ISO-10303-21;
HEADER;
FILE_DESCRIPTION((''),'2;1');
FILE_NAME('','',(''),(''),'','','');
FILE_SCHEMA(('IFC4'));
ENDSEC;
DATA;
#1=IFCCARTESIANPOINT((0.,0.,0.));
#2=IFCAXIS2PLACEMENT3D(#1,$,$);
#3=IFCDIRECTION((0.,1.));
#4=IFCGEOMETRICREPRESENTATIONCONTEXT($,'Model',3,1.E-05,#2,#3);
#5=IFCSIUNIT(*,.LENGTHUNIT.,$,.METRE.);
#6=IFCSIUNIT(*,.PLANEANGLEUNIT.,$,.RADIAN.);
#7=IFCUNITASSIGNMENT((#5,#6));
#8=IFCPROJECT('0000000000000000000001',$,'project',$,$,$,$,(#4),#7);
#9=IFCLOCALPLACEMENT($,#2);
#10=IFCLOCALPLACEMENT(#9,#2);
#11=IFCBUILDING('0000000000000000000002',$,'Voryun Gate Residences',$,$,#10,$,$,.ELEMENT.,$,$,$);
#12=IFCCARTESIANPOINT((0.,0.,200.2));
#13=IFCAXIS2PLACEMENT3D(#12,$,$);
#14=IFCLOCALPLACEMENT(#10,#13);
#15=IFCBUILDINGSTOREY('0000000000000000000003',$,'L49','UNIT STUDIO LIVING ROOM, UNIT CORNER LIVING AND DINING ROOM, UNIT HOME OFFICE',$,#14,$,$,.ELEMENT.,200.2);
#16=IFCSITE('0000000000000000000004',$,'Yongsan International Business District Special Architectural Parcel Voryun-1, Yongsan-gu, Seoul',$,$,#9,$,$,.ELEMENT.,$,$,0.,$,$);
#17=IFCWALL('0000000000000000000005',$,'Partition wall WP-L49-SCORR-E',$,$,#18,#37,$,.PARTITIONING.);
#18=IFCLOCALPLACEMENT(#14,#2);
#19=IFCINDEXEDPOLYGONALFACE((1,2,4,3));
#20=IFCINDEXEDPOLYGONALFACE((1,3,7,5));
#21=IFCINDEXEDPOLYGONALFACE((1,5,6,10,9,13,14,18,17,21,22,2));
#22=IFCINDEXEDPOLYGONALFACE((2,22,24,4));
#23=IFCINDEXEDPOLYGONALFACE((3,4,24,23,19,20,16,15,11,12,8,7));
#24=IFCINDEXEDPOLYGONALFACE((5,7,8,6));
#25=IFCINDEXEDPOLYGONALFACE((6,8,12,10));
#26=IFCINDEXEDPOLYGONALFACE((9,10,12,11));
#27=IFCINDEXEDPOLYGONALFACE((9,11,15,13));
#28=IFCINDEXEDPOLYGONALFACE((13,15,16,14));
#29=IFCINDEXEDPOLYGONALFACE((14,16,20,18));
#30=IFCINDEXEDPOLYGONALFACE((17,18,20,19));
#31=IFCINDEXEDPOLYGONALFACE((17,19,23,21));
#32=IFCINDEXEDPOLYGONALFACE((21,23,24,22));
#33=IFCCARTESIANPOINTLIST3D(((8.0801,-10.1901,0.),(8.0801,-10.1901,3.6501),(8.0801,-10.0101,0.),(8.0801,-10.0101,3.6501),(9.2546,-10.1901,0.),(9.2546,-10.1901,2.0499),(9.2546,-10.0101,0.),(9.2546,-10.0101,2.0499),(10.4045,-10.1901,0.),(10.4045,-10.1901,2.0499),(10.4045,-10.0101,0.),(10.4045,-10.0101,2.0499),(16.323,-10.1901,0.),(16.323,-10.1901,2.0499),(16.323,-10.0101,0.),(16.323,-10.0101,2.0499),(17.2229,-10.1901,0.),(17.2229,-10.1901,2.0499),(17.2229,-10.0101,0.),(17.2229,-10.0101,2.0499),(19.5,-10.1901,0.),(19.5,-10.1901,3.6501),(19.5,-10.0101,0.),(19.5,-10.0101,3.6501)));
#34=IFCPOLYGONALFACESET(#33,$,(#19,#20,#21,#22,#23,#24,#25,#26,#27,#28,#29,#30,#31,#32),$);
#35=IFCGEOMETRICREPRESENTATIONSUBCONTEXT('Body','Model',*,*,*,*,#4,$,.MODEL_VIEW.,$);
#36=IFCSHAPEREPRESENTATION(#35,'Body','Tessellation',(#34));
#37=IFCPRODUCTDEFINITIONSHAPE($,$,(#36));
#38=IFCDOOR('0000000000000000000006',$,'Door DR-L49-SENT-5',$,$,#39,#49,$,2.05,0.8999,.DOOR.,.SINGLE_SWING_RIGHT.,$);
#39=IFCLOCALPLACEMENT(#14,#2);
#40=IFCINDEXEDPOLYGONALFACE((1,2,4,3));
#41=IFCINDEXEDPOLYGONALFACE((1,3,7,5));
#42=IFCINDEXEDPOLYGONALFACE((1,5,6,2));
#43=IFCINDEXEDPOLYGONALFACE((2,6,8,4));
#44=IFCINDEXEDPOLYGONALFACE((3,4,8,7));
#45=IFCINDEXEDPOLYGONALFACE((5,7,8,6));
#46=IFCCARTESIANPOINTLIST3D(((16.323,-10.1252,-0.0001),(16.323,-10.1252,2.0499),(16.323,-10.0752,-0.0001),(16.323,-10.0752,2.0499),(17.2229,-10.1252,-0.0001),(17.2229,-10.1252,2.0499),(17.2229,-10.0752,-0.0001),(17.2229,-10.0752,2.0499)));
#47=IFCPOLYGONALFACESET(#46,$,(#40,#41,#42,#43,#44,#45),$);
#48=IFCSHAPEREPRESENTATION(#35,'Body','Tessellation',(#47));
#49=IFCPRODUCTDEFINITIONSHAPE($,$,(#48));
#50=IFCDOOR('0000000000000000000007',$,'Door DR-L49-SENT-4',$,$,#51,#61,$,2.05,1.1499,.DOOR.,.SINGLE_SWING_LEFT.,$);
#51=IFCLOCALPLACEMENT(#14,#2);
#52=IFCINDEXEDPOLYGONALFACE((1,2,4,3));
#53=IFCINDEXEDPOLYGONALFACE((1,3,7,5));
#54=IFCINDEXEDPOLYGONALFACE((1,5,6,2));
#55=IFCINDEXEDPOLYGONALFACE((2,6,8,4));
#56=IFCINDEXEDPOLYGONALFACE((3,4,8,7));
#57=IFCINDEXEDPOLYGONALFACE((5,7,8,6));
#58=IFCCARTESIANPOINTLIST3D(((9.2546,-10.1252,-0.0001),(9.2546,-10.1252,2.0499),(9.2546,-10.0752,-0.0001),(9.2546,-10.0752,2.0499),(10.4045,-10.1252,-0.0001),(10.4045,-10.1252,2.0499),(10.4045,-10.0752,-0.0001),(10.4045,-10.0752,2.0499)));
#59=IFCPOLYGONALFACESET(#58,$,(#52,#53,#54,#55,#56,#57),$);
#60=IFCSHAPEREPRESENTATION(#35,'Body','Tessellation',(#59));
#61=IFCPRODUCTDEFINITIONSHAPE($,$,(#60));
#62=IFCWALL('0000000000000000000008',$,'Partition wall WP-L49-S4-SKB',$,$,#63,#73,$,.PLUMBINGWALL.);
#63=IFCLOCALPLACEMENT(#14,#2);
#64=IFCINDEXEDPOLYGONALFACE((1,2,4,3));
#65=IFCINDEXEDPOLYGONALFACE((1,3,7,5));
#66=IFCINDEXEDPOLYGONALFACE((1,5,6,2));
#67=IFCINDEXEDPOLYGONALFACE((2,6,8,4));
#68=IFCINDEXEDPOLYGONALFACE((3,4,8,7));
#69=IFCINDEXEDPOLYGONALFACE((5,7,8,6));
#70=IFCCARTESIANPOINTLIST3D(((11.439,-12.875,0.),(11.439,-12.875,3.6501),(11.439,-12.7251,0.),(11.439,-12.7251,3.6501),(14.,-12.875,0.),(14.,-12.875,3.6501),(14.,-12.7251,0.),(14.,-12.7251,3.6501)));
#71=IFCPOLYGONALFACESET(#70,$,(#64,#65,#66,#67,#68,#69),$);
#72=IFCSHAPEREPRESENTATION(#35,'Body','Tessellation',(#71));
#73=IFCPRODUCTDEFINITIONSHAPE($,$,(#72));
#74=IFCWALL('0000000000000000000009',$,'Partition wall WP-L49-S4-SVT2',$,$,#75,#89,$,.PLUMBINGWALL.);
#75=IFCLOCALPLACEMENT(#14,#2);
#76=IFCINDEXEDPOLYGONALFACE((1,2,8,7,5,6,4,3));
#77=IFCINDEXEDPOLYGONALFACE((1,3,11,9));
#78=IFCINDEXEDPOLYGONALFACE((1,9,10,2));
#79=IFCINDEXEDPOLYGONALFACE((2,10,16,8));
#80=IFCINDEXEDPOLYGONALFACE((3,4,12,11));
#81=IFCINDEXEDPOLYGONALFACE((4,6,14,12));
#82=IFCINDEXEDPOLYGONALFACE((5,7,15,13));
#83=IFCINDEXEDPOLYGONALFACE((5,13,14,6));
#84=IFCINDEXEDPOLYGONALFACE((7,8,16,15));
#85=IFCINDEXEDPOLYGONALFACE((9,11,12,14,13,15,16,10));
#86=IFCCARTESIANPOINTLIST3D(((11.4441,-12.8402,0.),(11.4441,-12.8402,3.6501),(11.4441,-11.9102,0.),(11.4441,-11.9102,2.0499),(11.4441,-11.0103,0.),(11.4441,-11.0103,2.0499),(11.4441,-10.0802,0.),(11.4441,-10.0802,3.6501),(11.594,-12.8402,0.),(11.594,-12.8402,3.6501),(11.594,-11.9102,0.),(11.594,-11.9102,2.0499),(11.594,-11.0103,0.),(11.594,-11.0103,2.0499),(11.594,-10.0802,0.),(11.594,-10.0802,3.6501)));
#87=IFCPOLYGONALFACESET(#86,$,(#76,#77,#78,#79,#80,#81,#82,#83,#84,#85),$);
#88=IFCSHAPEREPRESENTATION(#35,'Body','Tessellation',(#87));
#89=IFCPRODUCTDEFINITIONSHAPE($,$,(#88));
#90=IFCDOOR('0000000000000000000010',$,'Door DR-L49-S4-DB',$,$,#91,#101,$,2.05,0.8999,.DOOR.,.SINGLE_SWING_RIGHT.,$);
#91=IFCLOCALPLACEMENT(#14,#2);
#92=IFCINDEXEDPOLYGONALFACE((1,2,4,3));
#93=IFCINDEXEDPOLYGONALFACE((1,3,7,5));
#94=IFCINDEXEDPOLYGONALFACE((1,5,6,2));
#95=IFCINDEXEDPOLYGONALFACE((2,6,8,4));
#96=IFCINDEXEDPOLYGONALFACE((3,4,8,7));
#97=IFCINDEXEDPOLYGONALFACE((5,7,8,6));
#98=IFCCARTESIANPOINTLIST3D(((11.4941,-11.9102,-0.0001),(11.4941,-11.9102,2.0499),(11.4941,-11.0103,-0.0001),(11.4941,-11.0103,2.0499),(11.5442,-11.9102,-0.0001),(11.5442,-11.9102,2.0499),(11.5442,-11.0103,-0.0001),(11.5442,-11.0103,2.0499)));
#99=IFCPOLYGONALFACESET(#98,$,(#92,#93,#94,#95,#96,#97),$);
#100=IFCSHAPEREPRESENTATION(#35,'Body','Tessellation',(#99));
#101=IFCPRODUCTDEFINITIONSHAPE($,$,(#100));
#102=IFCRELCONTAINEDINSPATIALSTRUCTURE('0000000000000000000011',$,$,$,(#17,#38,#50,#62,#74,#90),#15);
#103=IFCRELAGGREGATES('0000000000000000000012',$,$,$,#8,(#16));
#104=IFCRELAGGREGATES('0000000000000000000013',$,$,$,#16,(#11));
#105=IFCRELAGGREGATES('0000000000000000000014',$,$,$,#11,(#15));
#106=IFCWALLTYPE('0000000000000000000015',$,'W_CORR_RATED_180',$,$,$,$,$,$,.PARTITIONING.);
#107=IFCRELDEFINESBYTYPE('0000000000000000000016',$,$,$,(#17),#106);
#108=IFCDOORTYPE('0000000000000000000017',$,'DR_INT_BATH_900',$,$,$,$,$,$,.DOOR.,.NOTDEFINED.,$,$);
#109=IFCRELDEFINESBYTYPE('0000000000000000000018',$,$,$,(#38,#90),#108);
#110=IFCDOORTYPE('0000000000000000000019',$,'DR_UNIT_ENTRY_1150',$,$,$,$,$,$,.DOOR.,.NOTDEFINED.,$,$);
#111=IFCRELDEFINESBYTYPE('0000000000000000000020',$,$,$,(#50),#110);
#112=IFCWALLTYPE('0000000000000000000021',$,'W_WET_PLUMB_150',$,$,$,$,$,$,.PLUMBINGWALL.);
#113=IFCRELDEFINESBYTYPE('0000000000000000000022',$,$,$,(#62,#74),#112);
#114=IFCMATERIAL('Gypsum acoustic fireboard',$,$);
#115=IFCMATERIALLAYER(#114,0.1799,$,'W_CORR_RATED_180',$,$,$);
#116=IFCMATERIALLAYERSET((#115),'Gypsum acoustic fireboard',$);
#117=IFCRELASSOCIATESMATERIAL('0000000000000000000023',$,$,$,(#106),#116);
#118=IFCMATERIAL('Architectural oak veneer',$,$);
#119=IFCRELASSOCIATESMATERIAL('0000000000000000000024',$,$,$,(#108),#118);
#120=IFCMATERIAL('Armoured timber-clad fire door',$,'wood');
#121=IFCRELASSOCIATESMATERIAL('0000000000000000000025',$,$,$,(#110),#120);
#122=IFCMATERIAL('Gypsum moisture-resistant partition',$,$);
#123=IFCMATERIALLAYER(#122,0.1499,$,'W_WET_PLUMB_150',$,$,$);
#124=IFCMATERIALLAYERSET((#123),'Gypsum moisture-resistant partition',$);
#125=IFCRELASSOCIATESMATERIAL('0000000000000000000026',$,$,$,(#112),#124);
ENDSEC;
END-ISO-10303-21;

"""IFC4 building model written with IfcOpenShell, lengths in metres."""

from ifc_helpers import new_model, si_unit, direction, frame, frame_2d, origin, place, context, subcontext, project, spatial, rectangle, extrude, material, layer, layer_set, type_object, element, fill, save


model = new_model("IFC4")

# Units and contexts
model_context = context("Model", 3, precision=1e-05, world=origin(), true_north=direction((0.0, 1.0)))
body_context = subcontext(model_context, "Body", "Model", "MODEL_VIEW")
ifc_project = project(units=[si_unit("LENGTHUNIT", "METRE"), si_unit("PLANEANGLEUNIT", "RADIAN")], contexts=[model_context])

# Site, building, storey
site_placement = place(None, origin())
site = spatial("IfcSite", under=ifc_project, at=site_placement, Name="Yongsan International Business District Special Architectural Parcel Voryun-1, Yongsan-gu, Seoul", CompositionType="ELEMENT", RefElevation=0.0)
building_placement = place(site_placement, origin())
building = spatial("IfcBuilding", under=site, at=building_placement, Name="Voryun Gate Residences", CompositionType="ELEMENT")
storey_placement = place(building_placement, frame((0.0, 0.0, 200.2)))
storey = spatial("IfcBuildingStorey", under=building, at=storey_placement, Name="L49", Description="UNIT STUDIO LIVING ROOM, UNIT CORNER LIVING AND DINING ROOM, UNIT HOME OFFICE", CompositionType="ELEMENT", Elevation=200.2)

# Shared definitions
ifc_material_1 = material(Name="Gypsum acoustic fireboard")
ifc_layer_1 = layer(ifc_material_1, 0.1799, Name="W_CORR_RATED_180")
ifc_layer_set_1 = layer_set([ifc_layer_1], Name="Gypsum acoustic fireboard")
wall_type_1 = type_object("IfcWallType", Name="W_CORR_RATED_180", PredefinedType="PARTITIONING", material=ifc_layer_set_1)

# Wall, openings, doors
wall_1_placement = place(storey_placement, frame((8.0801, -10.1001, 0.0), z_axis=(0.0, 0.0, 1.0), x_axis=(1.0, 0.0, 0.0)))
wall_1 = element("IfcWall", 1, at=wall_1_placement, inside=storey, type_object=wall_type_1, Name="Partition wall WP-L49-SCORR-E", PredefinedType="PARTITIONING", context=body_context, shape_type="SweptSolid", body=[
    extrude(rectangle(XDim=11.4199, YDim=0.1799, at=frame_2d((5.71, 0.0))), origin(), (0.0, 0.0, 1.0), 3.6501),
])
opening_1_placement = place(wall_1_placement, frame((1.1746, 0.0, 0.0)))
opening_1 = element("IfcOpeningElement", 2, at=opening_1_placement, cuts=wall_1, PredefinedType="OPENING", context=body_context, shape_type="SweptSolid", body=[
    extrude(rectangle(XDim=1.1499, YDim=2.05, at=frame_2d((0.575, 1.0249))), frame((0.0, 0.0999, 0.0), z_axis=(0.0, -1.0, 0.0), x_axis=(1.0, 0.0, 0.0)), (0.0, 0.0, 1.0), 0.2),
])
opening_2_placement = place(wall_1_placement, frame((8.2429, 0.0, 0.0)))
opening_2 = element("IfcOpeningElement", 3, at=opening_2_placement, cuts=wall_1, PredefinedType="OPENING", context=body_context, shape_type="SweptSolid", body=[
    extrude(rectangle(XDim=0.8999, YDim=2.05, at=frame_2d((0.45, 1.0249))), frame((0.0, 0.0999, 0.0), z_axis=(0.0, -1.0, 0.0), x_axis=(1.0, 0.0, 0.0)), (0.0, 0.0, 1.0), 0.2),
])
ifc_material_2 = material(Name="Architectural oak veneer")
door_type_1 = type_object("IfcDoorType", Name="DR_INT_BATH_900", OperationType="NOTDEFINED", PredefinedType="DOOR", material=ifc_material_2)
door_1_placement = place(opening_2_placement, origin())
door_1 = element("IfcDoor", 4, at=door_1_placement, inside=storey, type_object=door_type_1, Name="Door DR-L49-SENT-5", OperationType="SINGLE_SWING_RIGHT", OverallHeight=2.05, OverallWidth=0.8999, PredefinedType="DOOR", context=body_context, shape_type="SweptSolid", body=[
    extrude(rectangle(XDim=0.8999, YDim=2.05, at=frame_2d((0.45, 1.0249))), frame((0.0, 0.0249, 0.0), z_axis=(0.0, -1.0, 0.0), x_axis=(1.0, 0.0, 0.0)), (0.0, 0.0, 1.0), 0.05),
])
fill(opening_2, door_1)
ifc_material_3 = material(Name="Armoured timber-clad fire door", Category="wood")
door_type_2 = type_object("IfcDoorType", Name="DR_UNIT_ENTRY_1150", OperationType="NOTDEFINED", PredefinedType="DOOR", material=ifc_material_3)
door_2_placement = place(opening_1_placement, origin())
door_2 = element("IfcDoor", 5, at=door_2_placement, inside=storey, type_object=door_type_2, Name="Door DR-L49-SENT-4", OperationType="SINGLE_SWING_LEFT", OverallHeight=2.05, OverallWidth=1.1499, PredefinedType="DOOR", context=body_context, shape_type="SweptSolid", body=[
    extrude(rectangle(XDim=1.1499, YDim=2.05, at=frame_2d((0.575, 1.0249))), frame((0.0, 0.0249, 0.0), z_axis=(0.0, -1.0, 0.0), x_axis=(1.0, 0.0, 0.0)), (0.0, 0.0, 1.0), 0.05),
])
fill(opening_1, door_2)

# Wall
ifc_material_4 = material(Name="Gypsum moisture-resistant partition")
ifc_layer_2 = layer(ifc_material_4, 0.1499, Name="W_WET_PLUMB_150")
ifc_layer_set_2 = layer_set([ifc_layer_2], Name="Gypsum moisture-resistant partition")
wall_type_2 = type_object("IfcWallType", Name="W_WET_PLUMB_150", PredefinedType="PLUMBINGWALL", material=ifc_layer_set_2)
wall_2_placement = place(storey_placement, frame((11.439, -12.8, 0.0), z_axis=(0.0, 0.0, 1.0), x_axis=(1.0, 0.0, 0.0)))
element("IfcWall", 6, at=wall_2_placement, inside=storey, type_object=wall_type_2, Name="Partition wall WP-L49-S4-SKB", PredefinedType="PLUMBINGWALL", context=body_context, shape_type="SweptSolid", body=[
    extrude(rectangle(XDim=2.561, YDim=0.1499, at=frame_2d((1.2805, 0.0))), origin(), (0.0, 0.0, 1.0), 3.6501),
])

# Wall, opening, door
wall_3_placement = place(storey_placement, frame((11.519, -12.8401, 0.0), z_axis=(0.0, 0.0, 1.0), x_axis=(0.0, 1.0, 0.0)))
wall_3 = element("IfcWall", 7, at=wall_3_placement, inside=storey, type_object=wall_type_2, Name="Partition wall WP-L49-S4-SVT2", PredefinedType="PLUMBINGWALL", context=body_context, shape_type="SweptSolid", body=[
    extrude(rectangle(XDim=2.76, YDim=0.1499, at=frame_2d((1.3799, 0.0))), origin(), (0.0, 0.0, 1.0), 3.6501),
])
opening_3_placement = place(wall_3_placement, frame((0.9299, 0.0, 0.0)))
opening_3 = element("IfcOpeningElement", 8, at=opening_3_placement, cuts=wall_3, PredefinedType="OPENING", context=body_context, shape_type="SweptSolid", body=[
    extrude(rectangle(XDim=0.8999, YDim=2.05, at=frame_2d((0.45, 1.0249))), frame((0.0, 0.085, 0.0), z_axis=(0.0, -1.0, 0.0), x_axis=(1.0, 0.0, 0.0)), (0.0, 0.0, 1.0), 0.1699),
])
door_3_placement = place(opening_3_placement, origin())
door_3 = element("IfcDoor", 9, at=door_3_placement, inside=storey, type_object=door_type_1, Name="Door DR-L49-S4-DB", OperationType="SINGLE_SWING_RIGHT", OverallHeight=2.05, OverallWidth=0.8999, PredefinedType="DOOR", context=body_context, shape_type="SweptSolid", body=[
    extrude(rectangle(XDim=0.8999, YDim=2.05, at=frame_2d((0.45, 1.0249))), frame((0.0, 0.0249, 0.0), z_axis=(0.0, -1.0, 0.0), x_axis=(1.0, 0.0, 0.0)), (0.0, 0.0, 1.0), 0.05),
])
fill(opening_3, door_3)

save(model, "model.ifc")
